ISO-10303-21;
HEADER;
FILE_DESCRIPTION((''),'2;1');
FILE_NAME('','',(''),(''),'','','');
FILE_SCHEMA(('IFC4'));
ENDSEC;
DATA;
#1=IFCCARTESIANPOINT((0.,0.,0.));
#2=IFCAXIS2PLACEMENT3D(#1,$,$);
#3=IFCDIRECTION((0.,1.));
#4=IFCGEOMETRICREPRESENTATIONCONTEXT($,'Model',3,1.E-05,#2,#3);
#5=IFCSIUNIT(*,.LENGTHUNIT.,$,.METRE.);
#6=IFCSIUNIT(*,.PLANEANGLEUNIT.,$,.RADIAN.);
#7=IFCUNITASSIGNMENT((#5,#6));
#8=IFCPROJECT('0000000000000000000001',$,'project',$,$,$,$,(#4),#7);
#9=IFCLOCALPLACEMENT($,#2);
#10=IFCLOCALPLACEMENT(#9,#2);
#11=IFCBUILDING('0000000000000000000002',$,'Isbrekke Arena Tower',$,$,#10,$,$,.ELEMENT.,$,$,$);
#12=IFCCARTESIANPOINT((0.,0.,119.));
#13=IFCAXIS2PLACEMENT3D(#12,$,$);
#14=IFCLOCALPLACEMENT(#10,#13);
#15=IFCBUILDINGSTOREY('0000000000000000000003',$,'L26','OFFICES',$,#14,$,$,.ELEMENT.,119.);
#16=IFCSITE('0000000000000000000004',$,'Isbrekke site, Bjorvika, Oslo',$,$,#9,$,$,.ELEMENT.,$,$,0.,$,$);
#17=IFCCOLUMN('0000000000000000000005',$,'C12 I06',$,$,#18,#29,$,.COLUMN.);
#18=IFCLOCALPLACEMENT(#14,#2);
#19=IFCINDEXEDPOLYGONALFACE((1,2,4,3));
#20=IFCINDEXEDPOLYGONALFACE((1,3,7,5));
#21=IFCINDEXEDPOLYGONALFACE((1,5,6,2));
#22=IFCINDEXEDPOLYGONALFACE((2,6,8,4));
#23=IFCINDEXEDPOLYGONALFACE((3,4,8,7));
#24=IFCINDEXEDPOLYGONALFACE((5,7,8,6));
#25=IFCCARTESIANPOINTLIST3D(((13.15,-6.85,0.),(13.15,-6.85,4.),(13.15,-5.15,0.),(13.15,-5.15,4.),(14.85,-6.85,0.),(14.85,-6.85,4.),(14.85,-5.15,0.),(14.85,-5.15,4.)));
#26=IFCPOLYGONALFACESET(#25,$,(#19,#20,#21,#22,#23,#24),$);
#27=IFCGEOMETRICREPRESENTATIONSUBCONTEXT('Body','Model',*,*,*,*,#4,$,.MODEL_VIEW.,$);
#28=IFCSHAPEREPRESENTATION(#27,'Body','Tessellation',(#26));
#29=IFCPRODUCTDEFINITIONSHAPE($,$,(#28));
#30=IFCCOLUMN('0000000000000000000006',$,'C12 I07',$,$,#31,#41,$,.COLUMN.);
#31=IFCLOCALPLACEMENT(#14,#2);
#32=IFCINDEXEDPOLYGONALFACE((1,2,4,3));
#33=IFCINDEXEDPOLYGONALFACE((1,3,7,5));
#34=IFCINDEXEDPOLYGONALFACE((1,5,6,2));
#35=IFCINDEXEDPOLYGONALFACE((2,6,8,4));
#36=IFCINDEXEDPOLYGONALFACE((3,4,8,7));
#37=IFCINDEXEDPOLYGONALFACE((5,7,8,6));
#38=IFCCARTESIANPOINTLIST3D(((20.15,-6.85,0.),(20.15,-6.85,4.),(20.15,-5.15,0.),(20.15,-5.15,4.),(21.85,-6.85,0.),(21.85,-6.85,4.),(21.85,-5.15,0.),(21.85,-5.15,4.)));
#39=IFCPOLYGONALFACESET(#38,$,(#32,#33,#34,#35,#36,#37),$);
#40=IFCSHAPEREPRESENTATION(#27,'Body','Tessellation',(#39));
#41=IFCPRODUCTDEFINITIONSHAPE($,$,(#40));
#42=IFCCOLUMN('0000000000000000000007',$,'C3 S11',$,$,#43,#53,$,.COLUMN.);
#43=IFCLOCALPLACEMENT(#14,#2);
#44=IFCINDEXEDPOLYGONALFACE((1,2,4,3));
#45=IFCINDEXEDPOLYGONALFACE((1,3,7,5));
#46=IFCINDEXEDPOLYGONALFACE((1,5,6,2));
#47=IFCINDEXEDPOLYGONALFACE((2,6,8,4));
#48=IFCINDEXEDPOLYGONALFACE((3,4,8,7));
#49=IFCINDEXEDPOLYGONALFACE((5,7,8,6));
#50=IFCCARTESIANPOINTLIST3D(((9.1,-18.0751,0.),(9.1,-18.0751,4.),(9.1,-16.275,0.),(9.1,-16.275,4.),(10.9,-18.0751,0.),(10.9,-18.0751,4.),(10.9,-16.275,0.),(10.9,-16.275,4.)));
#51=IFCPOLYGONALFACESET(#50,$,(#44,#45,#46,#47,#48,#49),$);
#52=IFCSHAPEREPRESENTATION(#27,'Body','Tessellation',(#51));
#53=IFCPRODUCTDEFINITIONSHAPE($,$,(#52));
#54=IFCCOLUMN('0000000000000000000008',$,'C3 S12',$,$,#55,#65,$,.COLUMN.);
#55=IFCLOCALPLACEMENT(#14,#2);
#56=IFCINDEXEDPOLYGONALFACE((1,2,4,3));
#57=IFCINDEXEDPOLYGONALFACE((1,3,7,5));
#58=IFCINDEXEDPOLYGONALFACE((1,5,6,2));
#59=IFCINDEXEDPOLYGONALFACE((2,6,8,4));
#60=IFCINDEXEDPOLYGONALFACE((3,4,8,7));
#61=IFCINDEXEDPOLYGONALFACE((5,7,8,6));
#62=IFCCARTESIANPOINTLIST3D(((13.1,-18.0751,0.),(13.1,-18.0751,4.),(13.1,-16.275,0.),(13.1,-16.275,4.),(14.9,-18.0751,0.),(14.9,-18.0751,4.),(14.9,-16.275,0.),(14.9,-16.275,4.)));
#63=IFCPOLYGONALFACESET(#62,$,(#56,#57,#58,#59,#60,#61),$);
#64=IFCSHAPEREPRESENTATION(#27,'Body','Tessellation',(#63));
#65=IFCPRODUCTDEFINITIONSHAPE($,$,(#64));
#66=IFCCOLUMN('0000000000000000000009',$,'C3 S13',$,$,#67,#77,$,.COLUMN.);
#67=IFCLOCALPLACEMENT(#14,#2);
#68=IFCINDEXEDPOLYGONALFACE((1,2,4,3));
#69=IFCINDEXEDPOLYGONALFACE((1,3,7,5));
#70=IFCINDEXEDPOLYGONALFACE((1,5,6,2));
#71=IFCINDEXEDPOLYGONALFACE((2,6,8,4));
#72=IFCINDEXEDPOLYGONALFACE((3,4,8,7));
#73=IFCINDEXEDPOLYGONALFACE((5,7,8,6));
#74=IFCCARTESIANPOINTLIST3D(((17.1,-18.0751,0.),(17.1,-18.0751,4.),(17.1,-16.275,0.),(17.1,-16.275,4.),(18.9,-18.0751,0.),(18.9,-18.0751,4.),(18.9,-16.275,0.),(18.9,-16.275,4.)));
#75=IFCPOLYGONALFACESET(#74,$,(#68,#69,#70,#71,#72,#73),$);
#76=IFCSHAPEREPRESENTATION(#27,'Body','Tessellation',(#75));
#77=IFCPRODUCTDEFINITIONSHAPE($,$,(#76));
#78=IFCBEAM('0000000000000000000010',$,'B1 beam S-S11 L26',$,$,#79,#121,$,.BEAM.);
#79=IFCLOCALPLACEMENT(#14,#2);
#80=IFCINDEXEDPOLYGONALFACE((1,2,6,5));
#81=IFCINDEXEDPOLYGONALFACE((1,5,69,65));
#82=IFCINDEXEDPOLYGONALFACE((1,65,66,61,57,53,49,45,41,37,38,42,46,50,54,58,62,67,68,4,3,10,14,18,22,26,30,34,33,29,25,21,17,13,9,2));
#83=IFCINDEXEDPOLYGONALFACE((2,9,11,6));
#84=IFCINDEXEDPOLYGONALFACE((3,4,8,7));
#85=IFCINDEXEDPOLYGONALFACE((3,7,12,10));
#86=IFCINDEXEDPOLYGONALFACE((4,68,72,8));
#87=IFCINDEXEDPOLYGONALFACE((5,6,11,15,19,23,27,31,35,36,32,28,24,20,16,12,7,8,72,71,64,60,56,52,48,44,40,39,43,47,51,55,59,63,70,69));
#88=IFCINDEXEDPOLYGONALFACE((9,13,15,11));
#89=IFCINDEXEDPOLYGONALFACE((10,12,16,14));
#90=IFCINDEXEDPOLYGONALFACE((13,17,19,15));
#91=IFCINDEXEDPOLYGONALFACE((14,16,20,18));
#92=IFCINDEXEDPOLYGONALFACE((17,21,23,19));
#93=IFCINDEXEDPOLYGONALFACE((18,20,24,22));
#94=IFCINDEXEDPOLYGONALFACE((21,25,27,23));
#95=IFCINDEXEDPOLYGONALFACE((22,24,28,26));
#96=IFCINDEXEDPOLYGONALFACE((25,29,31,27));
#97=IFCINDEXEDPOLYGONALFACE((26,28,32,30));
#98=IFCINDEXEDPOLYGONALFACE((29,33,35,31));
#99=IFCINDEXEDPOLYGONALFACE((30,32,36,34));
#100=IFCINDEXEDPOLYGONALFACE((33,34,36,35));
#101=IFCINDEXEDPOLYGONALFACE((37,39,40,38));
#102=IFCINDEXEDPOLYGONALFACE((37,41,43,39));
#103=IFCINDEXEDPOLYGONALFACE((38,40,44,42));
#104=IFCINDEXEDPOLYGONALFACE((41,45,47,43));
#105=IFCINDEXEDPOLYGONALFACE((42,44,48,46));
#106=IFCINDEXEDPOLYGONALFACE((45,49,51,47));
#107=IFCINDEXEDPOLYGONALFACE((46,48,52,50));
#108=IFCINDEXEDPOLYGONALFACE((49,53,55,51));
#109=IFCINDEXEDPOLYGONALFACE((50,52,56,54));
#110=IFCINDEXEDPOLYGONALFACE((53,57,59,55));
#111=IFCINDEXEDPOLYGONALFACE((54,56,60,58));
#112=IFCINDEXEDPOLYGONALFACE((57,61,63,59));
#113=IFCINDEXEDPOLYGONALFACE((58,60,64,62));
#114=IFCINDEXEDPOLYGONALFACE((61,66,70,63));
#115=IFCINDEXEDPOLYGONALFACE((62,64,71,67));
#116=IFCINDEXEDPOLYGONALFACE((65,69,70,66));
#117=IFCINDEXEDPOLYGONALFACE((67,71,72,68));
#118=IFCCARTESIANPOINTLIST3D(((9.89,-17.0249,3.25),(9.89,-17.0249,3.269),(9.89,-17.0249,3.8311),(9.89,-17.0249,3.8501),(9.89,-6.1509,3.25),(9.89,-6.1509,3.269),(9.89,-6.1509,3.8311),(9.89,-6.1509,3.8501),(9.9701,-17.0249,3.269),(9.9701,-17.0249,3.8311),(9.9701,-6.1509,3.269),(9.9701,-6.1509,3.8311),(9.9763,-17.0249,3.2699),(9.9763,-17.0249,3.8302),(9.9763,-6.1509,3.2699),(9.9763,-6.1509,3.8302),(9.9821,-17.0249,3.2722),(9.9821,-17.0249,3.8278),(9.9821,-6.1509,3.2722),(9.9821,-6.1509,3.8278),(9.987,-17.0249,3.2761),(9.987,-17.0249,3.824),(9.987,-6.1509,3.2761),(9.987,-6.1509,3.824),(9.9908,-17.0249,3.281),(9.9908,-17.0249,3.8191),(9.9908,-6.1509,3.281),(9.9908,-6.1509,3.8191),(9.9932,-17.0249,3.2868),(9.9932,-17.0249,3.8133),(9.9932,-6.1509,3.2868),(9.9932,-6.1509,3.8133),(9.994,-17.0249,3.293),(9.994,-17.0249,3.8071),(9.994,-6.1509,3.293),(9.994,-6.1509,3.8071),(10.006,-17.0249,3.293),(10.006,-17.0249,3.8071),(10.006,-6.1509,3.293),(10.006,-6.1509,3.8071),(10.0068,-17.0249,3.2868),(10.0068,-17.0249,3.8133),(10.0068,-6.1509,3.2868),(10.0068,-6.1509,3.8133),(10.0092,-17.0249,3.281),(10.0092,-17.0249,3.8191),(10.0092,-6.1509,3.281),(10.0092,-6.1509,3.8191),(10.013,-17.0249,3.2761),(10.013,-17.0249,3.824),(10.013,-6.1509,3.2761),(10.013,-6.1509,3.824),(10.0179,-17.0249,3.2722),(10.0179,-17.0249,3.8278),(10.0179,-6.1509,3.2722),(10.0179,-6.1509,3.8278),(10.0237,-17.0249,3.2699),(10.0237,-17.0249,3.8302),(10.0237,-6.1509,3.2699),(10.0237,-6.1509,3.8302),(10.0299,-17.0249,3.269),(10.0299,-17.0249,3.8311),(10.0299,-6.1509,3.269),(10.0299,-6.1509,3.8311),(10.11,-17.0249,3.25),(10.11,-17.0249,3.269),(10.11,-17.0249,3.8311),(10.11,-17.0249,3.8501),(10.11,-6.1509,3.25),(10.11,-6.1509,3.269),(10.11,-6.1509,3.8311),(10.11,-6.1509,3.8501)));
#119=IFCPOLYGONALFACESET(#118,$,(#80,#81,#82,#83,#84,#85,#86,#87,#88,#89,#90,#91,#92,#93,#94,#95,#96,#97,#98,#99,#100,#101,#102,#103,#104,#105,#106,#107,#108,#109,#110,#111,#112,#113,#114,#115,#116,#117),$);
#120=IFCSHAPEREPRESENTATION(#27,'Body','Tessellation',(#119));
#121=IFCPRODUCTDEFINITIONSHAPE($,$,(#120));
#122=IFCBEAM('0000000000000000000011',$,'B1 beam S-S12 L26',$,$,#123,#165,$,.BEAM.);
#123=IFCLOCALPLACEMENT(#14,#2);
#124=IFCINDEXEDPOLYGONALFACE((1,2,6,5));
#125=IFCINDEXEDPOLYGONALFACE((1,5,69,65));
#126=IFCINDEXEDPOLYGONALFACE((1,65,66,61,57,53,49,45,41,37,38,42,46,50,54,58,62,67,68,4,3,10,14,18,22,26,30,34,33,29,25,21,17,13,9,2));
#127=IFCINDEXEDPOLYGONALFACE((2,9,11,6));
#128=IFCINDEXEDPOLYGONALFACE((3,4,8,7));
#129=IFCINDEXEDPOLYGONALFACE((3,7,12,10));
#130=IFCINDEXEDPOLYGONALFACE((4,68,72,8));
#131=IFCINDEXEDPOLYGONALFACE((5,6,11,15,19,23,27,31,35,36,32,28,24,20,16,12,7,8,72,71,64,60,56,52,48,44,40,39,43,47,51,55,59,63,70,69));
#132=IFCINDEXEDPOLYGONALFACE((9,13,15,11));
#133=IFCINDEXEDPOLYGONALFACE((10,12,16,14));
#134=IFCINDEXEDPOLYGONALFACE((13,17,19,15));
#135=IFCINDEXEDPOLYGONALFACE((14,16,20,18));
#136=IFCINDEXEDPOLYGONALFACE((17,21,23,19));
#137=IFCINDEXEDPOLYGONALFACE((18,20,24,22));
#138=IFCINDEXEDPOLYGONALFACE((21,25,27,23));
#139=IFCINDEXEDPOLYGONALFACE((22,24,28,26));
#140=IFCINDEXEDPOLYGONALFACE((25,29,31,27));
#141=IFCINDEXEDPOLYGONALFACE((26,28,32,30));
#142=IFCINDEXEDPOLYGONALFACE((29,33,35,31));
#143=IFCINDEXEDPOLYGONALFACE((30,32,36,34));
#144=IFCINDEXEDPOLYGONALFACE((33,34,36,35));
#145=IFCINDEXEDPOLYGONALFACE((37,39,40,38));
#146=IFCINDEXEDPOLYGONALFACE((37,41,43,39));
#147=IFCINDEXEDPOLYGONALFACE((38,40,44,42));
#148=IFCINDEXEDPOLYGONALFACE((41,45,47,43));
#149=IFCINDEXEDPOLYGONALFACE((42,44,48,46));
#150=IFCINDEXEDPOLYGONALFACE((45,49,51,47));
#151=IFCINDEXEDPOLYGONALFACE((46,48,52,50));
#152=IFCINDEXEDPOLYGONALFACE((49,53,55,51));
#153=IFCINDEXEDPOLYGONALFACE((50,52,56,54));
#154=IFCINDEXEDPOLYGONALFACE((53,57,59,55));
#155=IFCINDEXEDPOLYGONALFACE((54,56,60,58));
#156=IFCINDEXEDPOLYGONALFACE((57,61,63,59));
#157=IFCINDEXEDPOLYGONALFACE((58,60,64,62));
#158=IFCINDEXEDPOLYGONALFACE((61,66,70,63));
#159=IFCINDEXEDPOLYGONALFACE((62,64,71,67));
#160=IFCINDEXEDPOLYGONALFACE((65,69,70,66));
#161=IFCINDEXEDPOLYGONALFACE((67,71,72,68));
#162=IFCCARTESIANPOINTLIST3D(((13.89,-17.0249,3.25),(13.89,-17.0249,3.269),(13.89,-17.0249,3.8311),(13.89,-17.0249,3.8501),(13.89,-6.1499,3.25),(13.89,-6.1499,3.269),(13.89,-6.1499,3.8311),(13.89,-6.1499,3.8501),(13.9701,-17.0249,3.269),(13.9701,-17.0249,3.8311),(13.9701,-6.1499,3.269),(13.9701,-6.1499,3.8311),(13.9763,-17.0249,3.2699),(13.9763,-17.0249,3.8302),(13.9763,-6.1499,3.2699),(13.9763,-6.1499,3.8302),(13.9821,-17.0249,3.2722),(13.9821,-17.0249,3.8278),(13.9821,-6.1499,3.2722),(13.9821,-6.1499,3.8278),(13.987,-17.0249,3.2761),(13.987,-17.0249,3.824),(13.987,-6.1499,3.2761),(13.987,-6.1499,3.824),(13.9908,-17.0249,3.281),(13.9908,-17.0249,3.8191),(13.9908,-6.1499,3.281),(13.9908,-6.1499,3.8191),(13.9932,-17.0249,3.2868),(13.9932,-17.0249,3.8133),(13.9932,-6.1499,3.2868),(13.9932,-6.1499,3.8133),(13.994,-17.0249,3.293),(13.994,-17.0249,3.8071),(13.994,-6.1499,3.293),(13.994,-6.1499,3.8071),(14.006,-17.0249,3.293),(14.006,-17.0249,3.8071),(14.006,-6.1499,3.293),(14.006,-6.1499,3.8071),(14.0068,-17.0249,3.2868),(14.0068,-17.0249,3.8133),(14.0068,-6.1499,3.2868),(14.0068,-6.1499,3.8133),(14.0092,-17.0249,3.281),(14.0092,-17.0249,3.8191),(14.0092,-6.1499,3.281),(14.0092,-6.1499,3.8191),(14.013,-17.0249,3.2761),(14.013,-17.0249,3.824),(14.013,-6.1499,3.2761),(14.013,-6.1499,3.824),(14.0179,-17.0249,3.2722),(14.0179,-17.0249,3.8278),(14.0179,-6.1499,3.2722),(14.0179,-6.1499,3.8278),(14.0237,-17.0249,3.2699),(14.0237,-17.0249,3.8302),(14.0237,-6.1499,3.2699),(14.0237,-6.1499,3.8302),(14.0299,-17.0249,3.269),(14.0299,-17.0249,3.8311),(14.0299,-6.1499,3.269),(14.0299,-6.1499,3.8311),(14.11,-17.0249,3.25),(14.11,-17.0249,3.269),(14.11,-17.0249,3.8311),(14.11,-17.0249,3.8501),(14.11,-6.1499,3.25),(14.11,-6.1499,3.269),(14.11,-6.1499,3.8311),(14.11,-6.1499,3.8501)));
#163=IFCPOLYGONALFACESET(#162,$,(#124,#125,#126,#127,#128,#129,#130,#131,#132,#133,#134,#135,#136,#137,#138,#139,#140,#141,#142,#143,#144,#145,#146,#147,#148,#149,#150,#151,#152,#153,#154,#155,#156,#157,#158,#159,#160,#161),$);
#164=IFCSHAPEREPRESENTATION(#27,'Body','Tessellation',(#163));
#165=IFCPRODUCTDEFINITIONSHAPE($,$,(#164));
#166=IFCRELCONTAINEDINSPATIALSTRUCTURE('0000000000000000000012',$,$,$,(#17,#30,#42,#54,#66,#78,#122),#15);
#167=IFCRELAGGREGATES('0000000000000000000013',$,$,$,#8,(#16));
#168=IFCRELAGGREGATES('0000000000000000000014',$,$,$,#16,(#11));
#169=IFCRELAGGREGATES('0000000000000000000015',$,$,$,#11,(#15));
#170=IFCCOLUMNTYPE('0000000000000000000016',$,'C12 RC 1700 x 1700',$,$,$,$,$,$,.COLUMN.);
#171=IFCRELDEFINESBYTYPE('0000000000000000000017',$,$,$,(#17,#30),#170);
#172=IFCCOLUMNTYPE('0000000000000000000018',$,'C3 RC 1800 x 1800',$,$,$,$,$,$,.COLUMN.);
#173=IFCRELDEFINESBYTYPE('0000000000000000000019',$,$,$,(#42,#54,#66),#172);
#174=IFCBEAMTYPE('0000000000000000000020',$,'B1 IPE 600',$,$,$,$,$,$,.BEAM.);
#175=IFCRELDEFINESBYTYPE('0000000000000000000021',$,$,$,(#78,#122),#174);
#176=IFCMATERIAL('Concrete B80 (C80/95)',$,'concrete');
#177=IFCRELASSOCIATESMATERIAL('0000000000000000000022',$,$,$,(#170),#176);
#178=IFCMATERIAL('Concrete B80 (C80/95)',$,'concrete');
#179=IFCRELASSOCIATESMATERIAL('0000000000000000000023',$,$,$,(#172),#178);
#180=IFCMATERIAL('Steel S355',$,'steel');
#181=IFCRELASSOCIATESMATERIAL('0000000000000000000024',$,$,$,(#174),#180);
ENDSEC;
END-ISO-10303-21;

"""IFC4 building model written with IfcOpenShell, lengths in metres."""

from ifc_helpers import new_model, si_unit, direction, frame, origin, origin_2d, place, context, subcontext, project, spatial, rectangle, i_section, extrude, material, material_profile, profile_set, type_object, element, save


model = new_model("IFC4")

# Units and contexts
model_context = context("Model", 3, precision=1e-05, world=origin(), true_north=direction((0.0, 1.0)))
body_context = subcontext(model_context, "Body", "Model", "MODEL_VIEW")
ifc_project = project(units=[si_unit("LENGTHUNIT", "METRE"), si_unit("PLANEANGLEUNIT", "RADIAN")], contexts=[model_context])

# Site, building, storey
site_placement = place(None, origin())
site = spatial("IfcSite", under=ifc_project, at=site_placement, Name="Isbrekke site, Bjorvika, Oslo", CompositionType="ELEMENT", RefElevation=0.0)
building_placement = place(site_placement, origin())
building = spatial("IfcBuilding", under=site, at=building_placement, Name="Isbrekke Arena Tower", CompositionType="ELEMENT")
storey_placement = place(building_placement, frame((0.0, 0.0, 119.0)))
storey = spatial("IfcBuildingStorey", under=building, at=storey_placement, Name="L26", Description="OFFICES", CompositionType="ELEMENT", Elevation=119.0)

# Columns
ifc_material_1 = material(Name="Concrete B80 (C80/95)", Category="concrete")
ifc_material_profile_1 = material_profile(ifc_material_1, rectangle(XDim=1.7, YDim=1.7, at=origin_2d()), Name="RC 1700x1700")
ifc_profile_set_1 = profile_set([ifc_material_profile_1], Name="Concrete B80 (C80/95)")
column_type_1 = type_object("IfcColumnType", Name="C12 RC 1700 x 1700", PredefinedType="COLUMN", material=ifc_profile_set_1)
for number, where, z_axis, x_axis, name in (
    (1, (14.0, -6.0, 0.0), (0.0, 0.0, 1.0), (1.0, 0.0, 0.0), "C12 I06"),
    (2, (21.0, -6.0, 0.0), (0.0, 0.0, 1.0), (1.0, 0.0, 0.0), "C12 I07"),
):
    element("IfcColumn", number, at=place(storey_placement, frame(where, z_axis=z_axis, x_axis=x_axis)), inside=storey, type_object=column_type_1, Name=name, PredefinedType="COLUMN", context=body_context, shape_type="SweptSolid", body=[
        extrude(rectangle(XDim=1.7, YDim=1.7, at=origin_2d()), origin(), (0.0, 0.0, 1.0), 4.0),
    ])
ifc_material_2 = material(Name="Concrete B80 (C80/95)", Category="concrete")
ifc_material_profile_2 = material_profile(ifc_material_2, rectangle(XDim=1.8, YDim=1.8, at=origin_2d()), Name="RC 1800x1800")
ifc_profile_set_2 = profile_set([ifc_material_profile_2], Name="Concrete B80 (C80/95)")
column_type_2 = type_object("IfcColumnType", Name="C3 RC 1800 x 1800", PredefinedType="COLUMN", material=ifc_profile_set_2)
for number, where, z_axis, x_axis, name in (
    (3, (10.0, -17.175, 0.0), (0.0, 0.0, 1.0), (1.0, 0.0, 0.0), "C3 S11"),
    (4, (14.0, -17.175, 0.0), (0.0, 0.0, 1.0), (1.0, 0.0, 0.0), "C3 S12"),
    (5, (18.0, -17.175, 0.0), (0.0, 0.0, 1.0), (1.0, 0.0, 0.0), "C3 S13"),
):
    element("IfcColumn", number, at=place(storey_placement, frame(where, z_axis=z_axis, x_axis=x_axis)), inside=storey, type_object=column_type_2, Name=name, PredefinedType="COLUMN", context=body_context, shape_type="SweptSolid", body=[
        extrude(rectangle(XDim=1.8, YDim=1.8, at=origin_2d()), origin(), (0.0, 0.0, 1.0), 4.0),
    ])

# Beams
ifc_material_3 = material(Name="Steel S355", Category="steel")
ifc_material_profile_3 = material_profile(ifc_material_3, i_section(OverallWidth=0.22, OverallDepth=0.6001, WebThickness=0.012, FlangeThickness=0.019, FilletRadius=0.0239, at=origin_2d()), Name="IPE 600")
ifc_profile_set_3 = profile_set([ifc_material_profile_3], Name="Steel S355")
beam_type_1 = type_object("IfcBeamType", Name="B1 IPE 600", PredefinedType="BEAM", material=ifc_profile_set_3)
beam_1_placement = place(storey_placement, frame((10.0, -17.0249, 3.55), z_axis=(0.0, 1.0, 0.0), x_axis=(-1.0, 0.0, 0.0)))
element("IfcBeam", 6, at=beam_1_placement, inside=storey, type_object=beam_type_1, Name="B1 beam S-S11 L26", PredefinedType="BEAM", context=body_context, shape_type="SweptSolid", body=[
    extrude(i_section(OverallWidth=0.22, OverallDepth=0.6001, WebThickness=0.012, FlangeThickness=0.019, FilletRadius=0.0239, at=origin_2d()), origin(), (0.0, 0.0, 1.0), 10.874),
])
beam_2_placement = place(storey_placement, frame((14.0, -17.0249, 3.55), z_axis=(0.0, 1.0, 0.0), x_axis=(-1.0, 0.0, 0.0)))
element("IfcBeam", 7, at=beam_2_placement, inside=storey, type_object=beam_type_1, Name="B1 beam S-S12 L26", PredefinedType="BEAM", context=body_context, shape_type="SweptSolid", body=[
    extrude(i_section(OverallWidth=0.22, OverallDepth=0.6001, WebThickness=0.012, FlangeThickness=0.019, FilletRadius=0.0239, at=origin_2d()), origin(), (0.0, 0.0, 1.0), 10.875),
])

save(model, "model.ifc")
